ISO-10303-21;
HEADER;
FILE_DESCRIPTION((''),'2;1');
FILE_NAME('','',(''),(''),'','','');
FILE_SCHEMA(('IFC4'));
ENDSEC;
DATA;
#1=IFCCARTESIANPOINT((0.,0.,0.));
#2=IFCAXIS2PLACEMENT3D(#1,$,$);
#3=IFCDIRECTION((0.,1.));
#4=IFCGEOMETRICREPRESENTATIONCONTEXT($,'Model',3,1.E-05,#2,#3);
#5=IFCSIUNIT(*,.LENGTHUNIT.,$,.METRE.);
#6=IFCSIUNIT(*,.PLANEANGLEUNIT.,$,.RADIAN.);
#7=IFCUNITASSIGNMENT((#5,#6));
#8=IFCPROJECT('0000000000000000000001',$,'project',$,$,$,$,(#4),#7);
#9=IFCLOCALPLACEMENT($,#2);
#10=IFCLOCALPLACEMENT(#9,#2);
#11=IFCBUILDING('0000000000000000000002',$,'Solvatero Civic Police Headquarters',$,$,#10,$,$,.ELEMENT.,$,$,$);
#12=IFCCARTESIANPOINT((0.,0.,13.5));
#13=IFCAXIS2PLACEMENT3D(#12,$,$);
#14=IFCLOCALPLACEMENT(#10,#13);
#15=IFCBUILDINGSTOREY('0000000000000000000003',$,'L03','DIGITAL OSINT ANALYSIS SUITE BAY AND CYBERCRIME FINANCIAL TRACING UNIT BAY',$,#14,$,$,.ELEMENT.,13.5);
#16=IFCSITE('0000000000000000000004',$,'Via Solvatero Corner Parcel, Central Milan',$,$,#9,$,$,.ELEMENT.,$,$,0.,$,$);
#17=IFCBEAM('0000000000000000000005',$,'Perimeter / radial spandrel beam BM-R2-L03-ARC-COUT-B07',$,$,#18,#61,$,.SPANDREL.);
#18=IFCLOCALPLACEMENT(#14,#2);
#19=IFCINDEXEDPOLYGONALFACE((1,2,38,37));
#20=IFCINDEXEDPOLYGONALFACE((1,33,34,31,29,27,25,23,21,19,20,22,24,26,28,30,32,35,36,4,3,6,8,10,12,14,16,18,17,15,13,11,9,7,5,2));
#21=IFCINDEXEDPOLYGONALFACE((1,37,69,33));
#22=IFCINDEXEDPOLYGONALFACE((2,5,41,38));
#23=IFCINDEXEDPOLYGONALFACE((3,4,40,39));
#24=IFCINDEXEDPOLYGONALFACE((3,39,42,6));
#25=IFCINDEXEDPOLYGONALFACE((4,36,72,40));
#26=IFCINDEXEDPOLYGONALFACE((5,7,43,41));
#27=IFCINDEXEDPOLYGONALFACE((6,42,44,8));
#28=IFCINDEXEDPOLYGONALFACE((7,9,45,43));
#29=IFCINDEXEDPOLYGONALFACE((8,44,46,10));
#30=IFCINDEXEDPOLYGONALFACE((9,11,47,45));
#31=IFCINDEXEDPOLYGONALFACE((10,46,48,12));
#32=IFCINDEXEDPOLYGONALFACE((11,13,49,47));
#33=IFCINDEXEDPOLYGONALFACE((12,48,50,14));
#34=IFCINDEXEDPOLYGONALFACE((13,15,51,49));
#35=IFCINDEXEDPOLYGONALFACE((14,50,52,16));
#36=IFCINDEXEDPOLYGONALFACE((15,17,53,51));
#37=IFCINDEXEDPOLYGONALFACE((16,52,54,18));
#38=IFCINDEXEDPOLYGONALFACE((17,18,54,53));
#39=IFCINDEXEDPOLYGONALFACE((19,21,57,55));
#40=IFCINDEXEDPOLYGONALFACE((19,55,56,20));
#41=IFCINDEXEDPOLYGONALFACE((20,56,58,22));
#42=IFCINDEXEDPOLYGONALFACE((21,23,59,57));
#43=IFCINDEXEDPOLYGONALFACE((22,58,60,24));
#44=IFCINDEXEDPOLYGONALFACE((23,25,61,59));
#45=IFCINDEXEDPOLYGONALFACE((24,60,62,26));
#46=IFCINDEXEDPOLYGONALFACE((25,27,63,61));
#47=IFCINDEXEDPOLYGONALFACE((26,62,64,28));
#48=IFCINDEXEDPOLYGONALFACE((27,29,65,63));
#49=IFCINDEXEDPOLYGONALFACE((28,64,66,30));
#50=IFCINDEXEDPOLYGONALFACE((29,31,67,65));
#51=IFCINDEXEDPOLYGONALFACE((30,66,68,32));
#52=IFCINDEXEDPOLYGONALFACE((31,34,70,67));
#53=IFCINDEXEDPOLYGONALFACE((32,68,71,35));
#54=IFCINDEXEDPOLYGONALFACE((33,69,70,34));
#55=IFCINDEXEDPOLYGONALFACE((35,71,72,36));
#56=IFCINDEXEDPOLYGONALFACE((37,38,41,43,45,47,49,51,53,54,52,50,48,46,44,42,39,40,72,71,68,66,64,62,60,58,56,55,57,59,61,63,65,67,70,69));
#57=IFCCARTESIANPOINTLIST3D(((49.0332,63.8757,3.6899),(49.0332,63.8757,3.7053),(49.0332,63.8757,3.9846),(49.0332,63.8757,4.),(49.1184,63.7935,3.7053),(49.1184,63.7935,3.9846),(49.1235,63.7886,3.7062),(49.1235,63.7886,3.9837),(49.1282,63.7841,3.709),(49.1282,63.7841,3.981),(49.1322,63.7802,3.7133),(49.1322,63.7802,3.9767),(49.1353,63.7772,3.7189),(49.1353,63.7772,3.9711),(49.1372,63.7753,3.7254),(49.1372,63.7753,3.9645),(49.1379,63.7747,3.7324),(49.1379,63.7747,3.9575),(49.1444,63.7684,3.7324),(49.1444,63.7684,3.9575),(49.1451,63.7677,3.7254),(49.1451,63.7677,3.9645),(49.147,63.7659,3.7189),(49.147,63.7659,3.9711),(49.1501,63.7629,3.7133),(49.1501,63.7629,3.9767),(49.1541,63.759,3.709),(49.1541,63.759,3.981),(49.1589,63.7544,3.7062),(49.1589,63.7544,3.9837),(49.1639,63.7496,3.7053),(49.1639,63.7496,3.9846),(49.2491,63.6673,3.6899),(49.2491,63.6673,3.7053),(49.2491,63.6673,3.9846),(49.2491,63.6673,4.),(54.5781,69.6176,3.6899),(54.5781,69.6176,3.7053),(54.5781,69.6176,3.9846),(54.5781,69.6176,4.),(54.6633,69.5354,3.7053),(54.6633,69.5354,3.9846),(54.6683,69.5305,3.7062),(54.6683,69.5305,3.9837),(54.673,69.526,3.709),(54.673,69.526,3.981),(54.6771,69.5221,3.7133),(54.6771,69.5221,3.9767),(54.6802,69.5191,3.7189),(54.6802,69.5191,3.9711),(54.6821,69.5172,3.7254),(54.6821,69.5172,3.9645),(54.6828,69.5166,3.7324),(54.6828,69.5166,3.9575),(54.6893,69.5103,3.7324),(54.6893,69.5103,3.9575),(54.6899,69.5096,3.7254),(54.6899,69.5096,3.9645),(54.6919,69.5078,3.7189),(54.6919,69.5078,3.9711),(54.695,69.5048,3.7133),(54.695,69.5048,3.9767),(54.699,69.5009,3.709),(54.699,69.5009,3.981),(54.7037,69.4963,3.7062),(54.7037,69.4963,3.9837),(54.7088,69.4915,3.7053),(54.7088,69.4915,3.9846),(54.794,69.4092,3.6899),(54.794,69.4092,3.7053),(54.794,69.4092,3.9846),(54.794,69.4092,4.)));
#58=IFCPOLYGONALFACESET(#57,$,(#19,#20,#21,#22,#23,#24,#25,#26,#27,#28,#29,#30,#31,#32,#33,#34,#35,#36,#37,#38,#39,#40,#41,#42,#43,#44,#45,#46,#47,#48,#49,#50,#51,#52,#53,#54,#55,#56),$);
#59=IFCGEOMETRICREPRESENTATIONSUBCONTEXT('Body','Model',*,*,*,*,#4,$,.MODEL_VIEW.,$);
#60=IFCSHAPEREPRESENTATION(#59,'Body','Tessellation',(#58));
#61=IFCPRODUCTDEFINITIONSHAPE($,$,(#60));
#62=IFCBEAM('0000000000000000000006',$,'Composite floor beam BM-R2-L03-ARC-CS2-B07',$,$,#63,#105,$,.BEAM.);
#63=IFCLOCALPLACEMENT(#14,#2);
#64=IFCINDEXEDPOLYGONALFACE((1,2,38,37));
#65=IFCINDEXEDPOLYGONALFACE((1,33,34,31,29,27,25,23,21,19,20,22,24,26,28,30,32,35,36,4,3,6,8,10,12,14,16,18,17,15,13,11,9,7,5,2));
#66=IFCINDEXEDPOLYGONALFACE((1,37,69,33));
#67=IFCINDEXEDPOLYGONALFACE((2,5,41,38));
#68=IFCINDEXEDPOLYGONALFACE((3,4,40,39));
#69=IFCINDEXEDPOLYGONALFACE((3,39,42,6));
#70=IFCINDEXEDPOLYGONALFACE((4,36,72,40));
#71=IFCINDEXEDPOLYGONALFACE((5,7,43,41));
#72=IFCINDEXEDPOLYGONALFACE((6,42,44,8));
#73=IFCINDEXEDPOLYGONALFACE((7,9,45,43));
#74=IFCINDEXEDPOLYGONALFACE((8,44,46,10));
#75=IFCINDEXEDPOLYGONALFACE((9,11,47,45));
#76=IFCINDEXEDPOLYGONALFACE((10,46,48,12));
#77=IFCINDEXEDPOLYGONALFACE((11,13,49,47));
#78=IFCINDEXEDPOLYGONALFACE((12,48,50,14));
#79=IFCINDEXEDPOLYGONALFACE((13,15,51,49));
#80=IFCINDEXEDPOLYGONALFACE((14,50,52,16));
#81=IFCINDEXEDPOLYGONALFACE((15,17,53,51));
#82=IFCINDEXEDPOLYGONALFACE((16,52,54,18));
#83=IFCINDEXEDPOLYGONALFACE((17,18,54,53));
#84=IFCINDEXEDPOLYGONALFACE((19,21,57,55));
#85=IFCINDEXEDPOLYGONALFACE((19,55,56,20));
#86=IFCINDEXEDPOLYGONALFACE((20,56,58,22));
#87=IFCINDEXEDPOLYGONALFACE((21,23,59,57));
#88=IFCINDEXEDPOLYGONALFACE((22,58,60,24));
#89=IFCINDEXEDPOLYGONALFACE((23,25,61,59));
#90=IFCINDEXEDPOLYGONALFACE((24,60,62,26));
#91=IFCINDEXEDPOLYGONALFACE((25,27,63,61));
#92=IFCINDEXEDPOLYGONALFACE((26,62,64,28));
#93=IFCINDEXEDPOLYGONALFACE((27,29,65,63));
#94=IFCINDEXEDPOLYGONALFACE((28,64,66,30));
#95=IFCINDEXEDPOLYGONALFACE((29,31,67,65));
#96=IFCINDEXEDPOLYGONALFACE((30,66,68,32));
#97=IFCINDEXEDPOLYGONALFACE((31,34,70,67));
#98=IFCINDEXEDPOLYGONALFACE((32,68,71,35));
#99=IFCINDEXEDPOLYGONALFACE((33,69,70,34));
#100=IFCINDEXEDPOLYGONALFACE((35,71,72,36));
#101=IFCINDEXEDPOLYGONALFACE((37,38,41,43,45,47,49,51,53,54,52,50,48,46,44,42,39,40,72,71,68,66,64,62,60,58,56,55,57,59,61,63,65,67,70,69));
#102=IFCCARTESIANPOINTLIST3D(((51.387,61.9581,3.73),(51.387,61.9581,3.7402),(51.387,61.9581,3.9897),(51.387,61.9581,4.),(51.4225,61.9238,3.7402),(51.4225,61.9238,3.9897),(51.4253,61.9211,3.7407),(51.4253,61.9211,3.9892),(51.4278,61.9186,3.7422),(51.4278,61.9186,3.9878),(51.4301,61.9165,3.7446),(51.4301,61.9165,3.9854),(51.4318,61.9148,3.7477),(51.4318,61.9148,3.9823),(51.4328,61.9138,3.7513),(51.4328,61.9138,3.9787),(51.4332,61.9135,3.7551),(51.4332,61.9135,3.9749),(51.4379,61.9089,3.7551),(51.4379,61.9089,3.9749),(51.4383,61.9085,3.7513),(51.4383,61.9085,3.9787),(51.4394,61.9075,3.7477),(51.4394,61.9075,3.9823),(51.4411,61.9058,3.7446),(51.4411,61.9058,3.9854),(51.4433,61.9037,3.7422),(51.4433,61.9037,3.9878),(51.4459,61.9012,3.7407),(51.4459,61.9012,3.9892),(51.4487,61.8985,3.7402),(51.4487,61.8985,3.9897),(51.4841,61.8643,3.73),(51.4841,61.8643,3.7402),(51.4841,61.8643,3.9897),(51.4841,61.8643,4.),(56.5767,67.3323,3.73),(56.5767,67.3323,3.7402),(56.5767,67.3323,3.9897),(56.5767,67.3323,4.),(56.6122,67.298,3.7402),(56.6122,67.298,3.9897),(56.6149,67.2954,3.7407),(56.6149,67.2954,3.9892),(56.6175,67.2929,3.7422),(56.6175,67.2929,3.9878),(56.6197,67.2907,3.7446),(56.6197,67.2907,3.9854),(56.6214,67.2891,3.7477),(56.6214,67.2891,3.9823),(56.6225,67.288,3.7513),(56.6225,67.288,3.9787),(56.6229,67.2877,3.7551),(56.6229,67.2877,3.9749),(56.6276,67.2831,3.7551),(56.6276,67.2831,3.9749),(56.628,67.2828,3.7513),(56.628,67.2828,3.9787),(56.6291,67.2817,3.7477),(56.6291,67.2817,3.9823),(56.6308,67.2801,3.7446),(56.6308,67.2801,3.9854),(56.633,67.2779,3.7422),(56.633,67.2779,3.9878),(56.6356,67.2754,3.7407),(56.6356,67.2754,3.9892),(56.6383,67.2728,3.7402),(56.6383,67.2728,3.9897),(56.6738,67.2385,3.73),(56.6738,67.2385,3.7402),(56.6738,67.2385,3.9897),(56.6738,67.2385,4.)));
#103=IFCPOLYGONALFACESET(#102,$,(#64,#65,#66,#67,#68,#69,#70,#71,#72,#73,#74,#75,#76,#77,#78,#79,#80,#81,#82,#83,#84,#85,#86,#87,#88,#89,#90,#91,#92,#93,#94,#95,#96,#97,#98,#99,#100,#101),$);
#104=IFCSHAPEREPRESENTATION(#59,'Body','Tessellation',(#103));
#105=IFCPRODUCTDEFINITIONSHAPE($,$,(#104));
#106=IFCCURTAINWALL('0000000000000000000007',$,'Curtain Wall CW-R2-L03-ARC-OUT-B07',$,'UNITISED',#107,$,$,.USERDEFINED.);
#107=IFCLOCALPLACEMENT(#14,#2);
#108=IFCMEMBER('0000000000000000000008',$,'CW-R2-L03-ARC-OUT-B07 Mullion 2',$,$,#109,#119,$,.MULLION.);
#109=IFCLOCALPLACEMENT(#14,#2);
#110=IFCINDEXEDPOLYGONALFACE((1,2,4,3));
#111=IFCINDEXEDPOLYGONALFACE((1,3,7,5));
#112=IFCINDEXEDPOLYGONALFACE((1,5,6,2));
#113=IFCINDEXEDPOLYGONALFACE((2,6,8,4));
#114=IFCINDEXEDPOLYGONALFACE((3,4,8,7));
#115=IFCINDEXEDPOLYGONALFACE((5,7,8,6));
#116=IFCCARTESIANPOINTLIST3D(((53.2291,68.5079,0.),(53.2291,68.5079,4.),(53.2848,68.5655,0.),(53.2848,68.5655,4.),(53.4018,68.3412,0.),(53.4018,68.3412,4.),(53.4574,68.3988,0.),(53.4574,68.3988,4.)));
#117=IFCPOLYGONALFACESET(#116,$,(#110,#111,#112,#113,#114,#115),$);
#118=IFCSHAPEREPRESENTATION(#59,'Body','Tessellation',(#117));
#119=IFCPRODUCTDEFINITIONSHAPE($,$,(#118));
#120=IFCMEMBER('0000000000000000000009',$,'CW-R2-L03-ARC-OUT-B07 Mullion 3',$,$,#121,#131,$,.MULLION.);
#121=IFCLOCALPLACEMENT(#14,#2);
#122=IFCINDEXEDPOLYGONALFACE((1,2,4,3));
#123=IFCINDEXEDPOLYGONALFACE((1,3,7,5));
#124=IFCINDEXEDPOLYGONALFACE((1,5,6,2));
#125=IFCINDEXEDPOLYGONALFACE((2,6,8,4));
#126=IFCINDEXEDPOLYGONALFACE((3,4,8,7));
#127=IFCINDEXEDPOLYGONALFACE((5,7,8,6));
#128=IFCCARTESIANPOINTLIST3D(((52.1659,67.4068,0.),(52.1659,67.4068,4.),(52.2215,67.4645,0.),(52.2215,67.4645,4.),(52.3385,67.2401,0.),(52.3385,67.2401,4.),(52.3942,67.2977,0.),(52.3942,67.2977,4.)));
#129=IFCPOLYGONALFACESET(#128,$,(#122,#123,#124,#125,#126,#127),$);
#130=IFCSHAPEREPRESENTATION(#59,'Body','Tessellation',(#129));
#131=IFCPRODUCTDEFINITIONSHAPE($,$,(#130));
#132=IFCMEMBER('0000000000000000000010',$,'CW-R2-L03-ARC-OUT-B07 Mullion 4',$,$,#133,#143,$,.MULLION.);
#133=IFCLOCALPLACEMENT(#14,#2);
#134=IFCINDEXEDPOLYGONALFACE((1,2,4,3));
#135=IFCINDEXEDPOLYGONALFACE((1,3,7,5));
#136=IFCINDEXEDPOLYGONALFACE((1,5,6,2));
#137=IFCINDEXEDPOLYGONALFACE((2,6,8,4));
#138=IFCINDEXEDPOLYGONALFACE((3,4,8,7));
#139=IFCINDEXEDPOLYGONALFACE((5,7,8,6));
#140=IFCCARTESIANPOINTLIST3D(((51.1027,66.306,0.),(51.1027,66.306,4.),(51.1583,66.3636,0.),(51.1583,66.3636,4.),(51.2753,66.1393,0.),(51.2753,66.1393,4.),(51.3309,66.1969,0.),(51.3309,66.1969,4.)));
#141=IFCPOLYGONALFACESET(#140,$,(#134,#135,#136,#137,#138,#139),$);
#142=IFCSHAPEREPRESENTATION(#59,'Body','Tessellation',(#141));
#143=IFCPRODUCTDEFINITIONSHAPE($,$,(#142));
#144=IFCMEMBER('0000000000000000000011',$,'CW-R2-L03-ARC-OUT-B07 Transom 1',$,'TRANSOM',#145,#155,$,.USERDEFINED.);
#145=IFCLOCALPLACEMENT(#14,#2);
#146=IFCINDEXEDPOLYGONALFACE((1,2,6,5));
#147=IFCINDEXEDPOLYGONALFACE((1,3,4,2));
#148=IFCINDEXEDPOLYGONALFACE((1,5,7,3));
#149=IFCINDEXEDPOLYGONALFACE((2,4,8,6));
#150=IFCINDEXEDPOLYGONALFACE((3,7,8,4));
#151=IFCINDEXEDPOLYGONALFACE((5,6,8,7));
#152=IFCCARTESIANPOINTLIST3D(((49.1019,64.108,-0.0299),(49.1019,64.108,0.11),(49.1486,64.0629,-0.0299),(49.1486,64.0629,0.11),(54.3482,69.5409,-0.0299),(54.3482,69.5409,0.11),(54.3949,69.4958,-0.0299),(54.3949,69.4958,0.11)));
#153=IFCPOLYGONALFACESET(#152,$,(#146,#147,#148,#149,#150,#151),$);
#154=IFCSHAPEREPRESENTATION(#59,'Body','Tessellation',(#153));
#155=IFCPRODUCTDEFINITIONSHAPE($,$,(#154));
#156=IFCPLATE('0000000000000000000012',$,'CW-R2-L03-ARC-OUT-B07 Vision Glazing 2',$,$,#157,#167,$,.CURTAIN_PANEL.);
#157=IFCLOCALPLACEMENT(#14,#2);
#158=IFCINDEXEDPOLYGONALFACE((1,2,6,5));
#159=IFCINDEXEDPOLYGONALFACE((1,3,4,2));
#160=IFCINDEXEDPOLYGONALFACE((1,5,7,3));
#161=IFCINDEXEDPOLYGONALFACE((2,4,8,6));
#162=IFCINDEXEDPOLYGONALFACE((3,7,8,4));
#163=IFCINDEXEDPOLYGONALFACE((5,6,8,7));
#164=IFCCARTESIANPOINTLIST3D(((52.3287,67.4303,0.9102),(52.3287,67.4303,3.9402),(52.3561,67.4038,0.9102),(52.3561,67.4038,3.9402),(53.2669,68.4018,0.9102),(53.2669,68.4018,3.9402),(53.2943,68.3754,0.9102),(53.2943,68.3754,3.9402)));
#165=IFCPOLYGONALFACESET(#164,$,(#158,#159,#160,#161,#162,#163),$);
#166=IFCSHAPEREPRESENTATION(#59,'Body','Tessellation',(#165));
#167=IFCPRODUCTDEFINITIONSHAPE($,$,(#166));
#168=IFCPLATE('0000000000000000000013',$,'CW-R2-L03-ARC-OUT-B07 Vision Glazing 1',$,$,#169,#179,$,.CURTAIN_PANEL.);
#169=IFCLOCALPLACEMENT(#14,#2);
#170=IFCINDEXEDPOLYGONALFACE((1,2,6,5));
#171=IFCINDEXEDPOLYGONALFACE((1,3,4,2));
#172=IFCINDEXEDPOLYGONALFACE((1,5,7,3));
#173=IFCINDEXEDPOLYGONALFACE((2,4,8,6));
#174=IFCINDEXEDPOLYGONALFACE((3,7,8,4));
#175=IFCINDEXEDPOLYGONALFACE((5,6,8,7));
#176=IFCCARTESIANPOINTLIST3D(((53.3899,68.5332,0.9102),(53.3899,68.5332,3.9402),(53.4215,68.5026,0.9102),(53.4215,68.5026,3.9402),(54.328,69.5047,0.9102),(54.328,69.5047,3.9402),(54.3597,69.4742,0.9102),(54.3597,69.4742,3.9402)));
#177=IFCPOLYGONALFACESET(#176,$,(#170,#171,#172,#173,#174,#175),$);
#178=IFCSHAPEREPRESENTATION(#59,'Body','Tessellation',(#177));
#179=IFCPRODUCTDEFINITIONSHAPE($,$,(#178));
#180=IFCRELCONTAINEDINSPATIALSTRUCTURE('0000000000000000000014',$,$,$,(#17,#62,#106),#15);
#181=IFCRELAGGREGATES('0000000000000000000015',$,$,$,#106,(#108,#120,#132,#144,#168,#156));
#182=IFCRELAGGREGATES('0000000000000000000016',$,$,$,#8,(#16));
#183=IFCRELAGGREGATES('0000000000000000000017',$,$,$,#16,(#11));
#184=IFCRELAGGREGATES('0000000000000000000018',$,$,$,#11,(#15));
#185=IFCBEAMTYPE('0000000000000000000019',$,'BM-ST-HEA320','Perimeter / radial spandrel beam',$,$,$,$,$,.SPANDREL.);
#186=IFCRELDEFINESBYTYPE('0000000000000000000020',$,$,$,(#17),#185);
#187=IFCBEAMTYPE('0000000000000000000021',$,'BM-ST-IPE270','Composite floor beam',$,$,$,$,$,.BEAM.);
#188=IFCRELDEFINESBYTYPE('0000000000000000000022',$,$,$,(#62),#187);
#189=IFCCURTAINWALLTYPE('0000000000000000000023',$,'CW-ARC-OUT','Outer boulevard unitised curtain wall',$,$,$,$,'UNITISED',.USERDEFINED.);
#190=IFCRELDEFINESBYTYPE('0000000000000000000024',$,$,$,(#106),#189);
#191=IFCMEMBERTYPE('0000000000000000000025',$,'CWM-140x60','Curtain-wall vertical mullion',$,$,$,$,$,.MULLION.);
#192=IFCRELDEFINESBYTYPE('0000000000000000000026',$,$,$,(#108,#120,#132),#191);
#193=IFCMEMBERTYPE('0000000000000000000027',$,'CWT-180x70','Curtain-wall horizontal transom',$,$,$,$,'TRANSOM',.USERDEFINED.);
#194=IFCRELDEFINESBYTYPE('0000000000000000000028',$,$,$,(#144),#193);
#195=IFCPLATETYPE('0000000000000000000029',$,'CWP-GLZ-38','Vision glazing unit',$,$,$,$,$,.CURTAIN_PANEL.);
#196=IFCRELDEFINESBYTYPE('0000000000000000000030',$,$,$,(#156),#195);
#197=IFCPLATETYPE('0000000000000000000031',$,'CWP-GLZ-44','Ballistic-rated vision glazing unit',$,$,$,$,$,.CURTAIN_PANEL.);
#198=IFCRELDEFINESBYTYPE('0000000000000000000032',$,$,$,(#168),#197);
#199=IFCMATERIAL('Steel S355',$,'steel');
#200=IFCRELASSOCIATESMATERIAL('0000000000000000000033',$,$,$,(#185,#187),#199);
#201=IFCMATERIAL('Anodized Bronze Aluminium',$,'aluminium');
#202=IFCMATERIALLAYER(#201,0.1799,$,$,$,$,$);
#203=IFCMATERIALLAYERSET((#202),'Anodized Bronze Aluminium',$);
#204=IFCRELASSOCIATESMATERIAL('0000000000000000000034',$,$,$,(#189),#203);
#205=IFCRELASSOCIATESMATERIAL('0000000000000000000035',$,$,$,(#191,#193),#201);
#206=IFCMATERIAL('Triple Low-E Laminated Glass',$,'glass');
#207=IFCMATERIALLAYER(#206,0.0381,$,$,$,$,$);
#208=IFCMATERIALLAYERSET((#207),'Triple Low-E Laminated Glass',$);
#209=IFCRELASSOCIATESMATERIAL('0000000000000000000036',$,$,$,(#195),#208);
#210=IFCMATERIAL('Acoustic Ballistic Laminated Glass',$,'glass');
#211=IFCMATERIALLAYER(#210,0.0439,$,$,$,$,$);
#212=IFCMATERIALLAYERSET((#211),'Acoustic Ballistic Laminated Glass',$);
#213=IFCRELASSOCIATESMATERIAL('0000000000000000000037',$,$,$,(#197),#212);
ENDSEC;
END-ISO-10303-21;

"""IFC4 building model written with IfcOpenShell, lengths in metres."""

from ifc_helpers import new_model, si_unit, direction, frame, origin, origin_2d, place, context, subcontext, project, spatial, rectangle, i_section, extrude, material, layer, layer_set, material_profile, profile_set, type_object, element, aggregate, save


model = new_model("IFC4")

# Units and contexts
model_context = context("Model", 3, precision=1e-05, world=origin(), true_north=direction((0.0, 1.0)))
body_context = subcontext(model_context, "Body", "Model", "MODEL_VIEW")
ifc_project = project(units=[si_unit("LENGTHUNIT", "METRE"), si_unit("PLANEANGLEUNIT", "RADIAN")], contexts=[model_context])

# Site, building, storey
site_placement = place(None, origin())
site = spatial("IfcSite", under=ifc_project, at=site_placement, Name="Via Solvatero Corner Parcel, Central Milan", CompositionType="ELEMENT", RefElevation=0.0)
building_placement = place(site_placement, origin())
building = spatial("IfcBuilding", under=site, at=building_placement, Name="Solvatero Civic Police Headquarters", CompositionType="ELEMENT")
storey_placement = place(building_placement, frame((0.0, 0.0, 13.5)))
storey = spatial("IfcBuildingStorey", under=building, at=storey_placement, Name="L03", Description="DIGITAL OSINT ANALYSIS SUITE BAY AND CYBERCRIME FINANCIAL TRACING UNIT BAY", CompositionType="ELEMENT", Elevation=13.5)

# Beams
ifc_material_1 = material(Name="Steel S355", Category="steel")
ifc_material_profile_1 = material_profile(ifc_material_1, i_section(OverallWidth=0.3, OverallDepth=0.3101, WebThickness=0.009, FlangeThickness=0.0154, FilletRadius=0.0271, at=origin_2d()), Name="HEA 320")
ifc_profile_set_1 = profile_set([ifc_material_profile_1], Name="Steel S355")
beam_type_1 = type_object("IfcBeamType", Name="BM-ST-HEA320", Description="Perimeter / radial spandrel beam", PredefinedType="SPANDREL", material=ifc_profile_set_1)
beam_1_placement = place(storey_placement, frame((54.686, 69.5134, 3.845), z_axis=(-0.694658, -0.71934, 0.0), x_axis=(0.71934, -0.694658, 0.0)))
element("IfcBeam", 1, at=beam_1_placement, inside=storey, type_object=beam_type_1, Name="Perimeter / radial spandrel beam BM-R2-L03-ARC-COUT-B07", PredefinedType="SPANDREL", context=body_context, shape_type="SweptSolid", body=[
    extrude(i_section(OverallWidth=0.3, OverallDepth=0.3101, WebThickness=0.009, FlangeThickness=0.0154, FilletRadius=0.0271, at=origin_2d()), origin(), (0.0, 0.0, 1.0), 7.9822),
])
ifc_material_profile_2 = material_profile(ifc_material_1, i_section(OverallWidth=0.135, OverallDepth=0.27, WebThickness=0.0066, FlangeThickness=0.0103, FilletRadius=0.0149, at=origin_2d()), Name="IPE 270")
ifc_profile_set_2 = profile_set([ifc_material_profile_2], Name="Steel S355")
beam_type_2 = type_object("IfcBeamType", Name="BM-ST-IPE270", Description="Composite floor beam", PredefinedType="BEAM", material=ifc_profile_set_2)
beam_2_placement = place(storey_placement, frame((56.6252, 67.2854, 3.865), z_axis=(-0.694646, -0.719351, 0.0), x_axis=(0.719351, -0.694646, 0.0)))
element("IfcBeam", 2, at=beam_2_placement, inside=storey, type_object=beam_type_2, Name="Composite floor beam BM-R2-L03-ARC-CS2-B07", PredefinedType="BEAM", context=body_context, shape_type="SweptSolid", body=[
    extrude(i_section(OverallWidth=0.135, OverallDepth=0.27, WebThickness=0.0066, FlangeThickness=0.0103, FilletRadius=0.0149, at=origin_2d()), origin(), (0.0, 0.0, 1.0), 7.4709),
])

# Curtain wall, members, plates
ifc_material_2 = material(Name="Anodized Bronze Aluminium", Category="aluminium")
ifc_layer_1 = layer(ifc_material_2, 0.1799)
ifc_layer_set_1 = layer_set([ifc_layer_1], Name="Anodized Bronze Aluminium")
curtain_wall_type = type_object("IfcCurtainWallType", Name="CW-ARC-OUT", Description="Outer boulevard unitised curtain wall", ElementType="UNITISED", PredefinedType="USERDEFINED", material=ifc_layer_set_1)
curtain_wall_placement = place(storey_placement, origin())
curtain_wall = element("IfcCurtainWall", 3, at=curtain_wall_placement, inside=storey, type_object=curtain_wall_type, Name="Curtain Wall CW-R2-L03-ARC-OUT-B07", ObjectType="UNITISED", PredefinedType="USERDEFINED")
ifc_material_profile_3 = material_profile(ifc_material_2, rectangle(XDim=0.0801, YDim=0.24, at=origin_2d()), Name="ALU MULLION 80x240")
ifc_profile_set_3 = profile_set([ifc_material_profile_3], Name="Anodized Bronze Aluminium")
member_type_1 = type_object("IfcMemberType", Name="CWM-140x60", Description="Curtain-wall vertical mullion", PredefinedType="MULLION", material=ifc_profile_set_3)
member_1_placement = place(storey_placement, frame((53.3433, 68.4534, 0.0), z_axis=(0.0, 0.0, 1.0), x_axis=(-0.694646, -0.719352, 0.0)))
member_1 = element("IfcMember", 4, at=member_1_placement, type_object=member_type_1, Name="CW-R2-L03-ARC-OUT-B07 Mullion 2", PredefinedType="MULLION", context=body_context, shape_type="SweptSolid", body=[
    extrude(rectangle(XDim=0.0801, YDim=0.24, at=origin_2d()), origin(), (0.0, 0.0, 1.0), 4.0),
])
member_2_placement = place(storey_placement, frame((52.28, 67.3523, 0.0), z_axis=(0.0, 0.0, 1.0), x_axis=(-0.694646, -0.719352, 0.0)))
member_2 = element("IfcMember", 5, at=member_2_placement, type_object=member_type_1, Name="CW-R2-L03-ARC-OUT-B07 Mullion 3", PredefinedType="MULLION", context=body_context, shape_type="SweptSolid", body=[
    extrude(rectangle(XDim=0.0801, YDim=0.24, at=origin_2d()), origin(), (0.0, 0.0, 1.0), 4.0),
])
member_3_placement = place(storey_placement, frame((51.2168, 66.2515, 0.0), z_axis=(0.0, 0.0, 1.0), x_axis=(-0.694646, -0.719352, 0.0)))
member_3 = element("IfcMember", 6, at=member_3_placement, type_object=member_type_1, Name="CW-R2-L03-ARC-OUT-B07 Mullion 4", PredefinedType="MULLION", context=body_context, shape_type="SweptSolid", body=[
    extrude(rectangle(XDim=0.0801, YDim=0.24, at=origin_2d()), origin(), (0.0, 0.0, 1.0), 4.0),
])
ifc_material_profile_4 = material_profile(ifc_material_2, rectangle(XDim=0.0649, YDim=0.1399, at=origin_2d()), Name="ALU TRANSOM 65x140")
ifc_profile_set_4 = profile_set([ifc_material_profile_4], Name="Anodized Bronze Aluminium")
member_type_2 = type_object("IfcMemberType", Name="CWT-180x70", Description="Curtain-wall horizontal transom", ElementType="TRANSOM", PredefinedType="USERDEFINED", material=ifc_profile_set_4)
member_4_placement = place(storey_placement, frame((54.3716, 69.5183, 0.04), z_axis=(-0.69465, -0.719347, 0.0), x_axis=(0.719347, -0.69465, 0.0)))
member_4 = element("IfcMember", 7, at=member_4_placement, type_object=member_type_2, Name="CW-R2-L03-ARC-OUT-B07 Transom 1", ObjectType="TRANSOM", PredefinedType="USERDEFINED", context=body_context, shape_type="SweptSolid", body=[
    extrude(rectangle(XDim=0.0649, YDim=0.1399, at=origin_2d()), origin(), (0.0, 0.0, 1.0), 7.5525),
])
ifc_material_3 = material(Name="Triple Low-E Laminated Glass", Category="glass")
ifc_layer_2 = layer(ifc_material_3, 0.0381)
ifc_layer_set_2 = layer_set([ifc_layer_2], Name="Triple Low-E Laminated Glass")
plate_type_1 = type_object("IfcPlateType", Name="CWP-GLZ-38", Description="Vision glazing unit", PredefinedType="CURTAIN_PANEL", material=ifc_layer_set_2)
plate_1_placement = place(storey_placement, frame((52.8115, 67.9028, 0.9102), z_axis=(0.0, 0.0, 1.0), x_axis=(-0.694646, -0.719352, 0.0)))
plate_1 = element("IfcPlate", 8, at=plate_1_placement, type_object=plate_type_1, Name="CW-R2-L03-ARC-OUT-B07 Vision Glazing 2", PredefinedType="CURTAIN_PANEL", context=body_context, shape_type="SweptSolid", body=[
    extrude(rectangle(XDim=1.3506, YDim=0.0381, at=origin_2d()), origin(), (0.0, 0.0, 1.0), 3.03),
])
ifc_material_4 = material(Name="Acoustic Ballistic Laminated Glass", Category="glass")
ifc_layer_3 = layer(ifc_material_4, 0.0439)
ifc_layer_set_3 = layer_set([ifc_layer_3], Name="Acoustic Ballistic Laminated Glass")
plate_type_2 = type_object("IfcPlateType", Name="CWP-GLZ-44", Description="Ballistic-rated vision glazing unit", PredefinedType="CURTAIN_PANEL", material=ifc_layer_set_3)
plate_2_placement = place(storey_placement, frame((53.8748, 69.0037, 0.9102), z_axis=(0.0, 0.0, 1.0), x_axis=(-0.694646, -0.719352, 0.0)))
plate_2 = element("IfcPlate", 9, at=plate_2_placement, type_object=plate_type_2, Name="CW-R2-L03-ARC-OUT-B07 Vision Glazing 1", PredefinedType="CURTAIN_PANEL", context=body_context, shape_type="SweptSolid", body=[
    extrude(rectangle(XDim=1.3506, YDim=0.0439, at=origin_2d()), origin(), (0.0, 0.0, 1.0), 3.03),
])
aggregate(curtain_wall, [member_1, member_2, member_3, member_4, plate_2, plate_1])

save(model, "model.ifc")
